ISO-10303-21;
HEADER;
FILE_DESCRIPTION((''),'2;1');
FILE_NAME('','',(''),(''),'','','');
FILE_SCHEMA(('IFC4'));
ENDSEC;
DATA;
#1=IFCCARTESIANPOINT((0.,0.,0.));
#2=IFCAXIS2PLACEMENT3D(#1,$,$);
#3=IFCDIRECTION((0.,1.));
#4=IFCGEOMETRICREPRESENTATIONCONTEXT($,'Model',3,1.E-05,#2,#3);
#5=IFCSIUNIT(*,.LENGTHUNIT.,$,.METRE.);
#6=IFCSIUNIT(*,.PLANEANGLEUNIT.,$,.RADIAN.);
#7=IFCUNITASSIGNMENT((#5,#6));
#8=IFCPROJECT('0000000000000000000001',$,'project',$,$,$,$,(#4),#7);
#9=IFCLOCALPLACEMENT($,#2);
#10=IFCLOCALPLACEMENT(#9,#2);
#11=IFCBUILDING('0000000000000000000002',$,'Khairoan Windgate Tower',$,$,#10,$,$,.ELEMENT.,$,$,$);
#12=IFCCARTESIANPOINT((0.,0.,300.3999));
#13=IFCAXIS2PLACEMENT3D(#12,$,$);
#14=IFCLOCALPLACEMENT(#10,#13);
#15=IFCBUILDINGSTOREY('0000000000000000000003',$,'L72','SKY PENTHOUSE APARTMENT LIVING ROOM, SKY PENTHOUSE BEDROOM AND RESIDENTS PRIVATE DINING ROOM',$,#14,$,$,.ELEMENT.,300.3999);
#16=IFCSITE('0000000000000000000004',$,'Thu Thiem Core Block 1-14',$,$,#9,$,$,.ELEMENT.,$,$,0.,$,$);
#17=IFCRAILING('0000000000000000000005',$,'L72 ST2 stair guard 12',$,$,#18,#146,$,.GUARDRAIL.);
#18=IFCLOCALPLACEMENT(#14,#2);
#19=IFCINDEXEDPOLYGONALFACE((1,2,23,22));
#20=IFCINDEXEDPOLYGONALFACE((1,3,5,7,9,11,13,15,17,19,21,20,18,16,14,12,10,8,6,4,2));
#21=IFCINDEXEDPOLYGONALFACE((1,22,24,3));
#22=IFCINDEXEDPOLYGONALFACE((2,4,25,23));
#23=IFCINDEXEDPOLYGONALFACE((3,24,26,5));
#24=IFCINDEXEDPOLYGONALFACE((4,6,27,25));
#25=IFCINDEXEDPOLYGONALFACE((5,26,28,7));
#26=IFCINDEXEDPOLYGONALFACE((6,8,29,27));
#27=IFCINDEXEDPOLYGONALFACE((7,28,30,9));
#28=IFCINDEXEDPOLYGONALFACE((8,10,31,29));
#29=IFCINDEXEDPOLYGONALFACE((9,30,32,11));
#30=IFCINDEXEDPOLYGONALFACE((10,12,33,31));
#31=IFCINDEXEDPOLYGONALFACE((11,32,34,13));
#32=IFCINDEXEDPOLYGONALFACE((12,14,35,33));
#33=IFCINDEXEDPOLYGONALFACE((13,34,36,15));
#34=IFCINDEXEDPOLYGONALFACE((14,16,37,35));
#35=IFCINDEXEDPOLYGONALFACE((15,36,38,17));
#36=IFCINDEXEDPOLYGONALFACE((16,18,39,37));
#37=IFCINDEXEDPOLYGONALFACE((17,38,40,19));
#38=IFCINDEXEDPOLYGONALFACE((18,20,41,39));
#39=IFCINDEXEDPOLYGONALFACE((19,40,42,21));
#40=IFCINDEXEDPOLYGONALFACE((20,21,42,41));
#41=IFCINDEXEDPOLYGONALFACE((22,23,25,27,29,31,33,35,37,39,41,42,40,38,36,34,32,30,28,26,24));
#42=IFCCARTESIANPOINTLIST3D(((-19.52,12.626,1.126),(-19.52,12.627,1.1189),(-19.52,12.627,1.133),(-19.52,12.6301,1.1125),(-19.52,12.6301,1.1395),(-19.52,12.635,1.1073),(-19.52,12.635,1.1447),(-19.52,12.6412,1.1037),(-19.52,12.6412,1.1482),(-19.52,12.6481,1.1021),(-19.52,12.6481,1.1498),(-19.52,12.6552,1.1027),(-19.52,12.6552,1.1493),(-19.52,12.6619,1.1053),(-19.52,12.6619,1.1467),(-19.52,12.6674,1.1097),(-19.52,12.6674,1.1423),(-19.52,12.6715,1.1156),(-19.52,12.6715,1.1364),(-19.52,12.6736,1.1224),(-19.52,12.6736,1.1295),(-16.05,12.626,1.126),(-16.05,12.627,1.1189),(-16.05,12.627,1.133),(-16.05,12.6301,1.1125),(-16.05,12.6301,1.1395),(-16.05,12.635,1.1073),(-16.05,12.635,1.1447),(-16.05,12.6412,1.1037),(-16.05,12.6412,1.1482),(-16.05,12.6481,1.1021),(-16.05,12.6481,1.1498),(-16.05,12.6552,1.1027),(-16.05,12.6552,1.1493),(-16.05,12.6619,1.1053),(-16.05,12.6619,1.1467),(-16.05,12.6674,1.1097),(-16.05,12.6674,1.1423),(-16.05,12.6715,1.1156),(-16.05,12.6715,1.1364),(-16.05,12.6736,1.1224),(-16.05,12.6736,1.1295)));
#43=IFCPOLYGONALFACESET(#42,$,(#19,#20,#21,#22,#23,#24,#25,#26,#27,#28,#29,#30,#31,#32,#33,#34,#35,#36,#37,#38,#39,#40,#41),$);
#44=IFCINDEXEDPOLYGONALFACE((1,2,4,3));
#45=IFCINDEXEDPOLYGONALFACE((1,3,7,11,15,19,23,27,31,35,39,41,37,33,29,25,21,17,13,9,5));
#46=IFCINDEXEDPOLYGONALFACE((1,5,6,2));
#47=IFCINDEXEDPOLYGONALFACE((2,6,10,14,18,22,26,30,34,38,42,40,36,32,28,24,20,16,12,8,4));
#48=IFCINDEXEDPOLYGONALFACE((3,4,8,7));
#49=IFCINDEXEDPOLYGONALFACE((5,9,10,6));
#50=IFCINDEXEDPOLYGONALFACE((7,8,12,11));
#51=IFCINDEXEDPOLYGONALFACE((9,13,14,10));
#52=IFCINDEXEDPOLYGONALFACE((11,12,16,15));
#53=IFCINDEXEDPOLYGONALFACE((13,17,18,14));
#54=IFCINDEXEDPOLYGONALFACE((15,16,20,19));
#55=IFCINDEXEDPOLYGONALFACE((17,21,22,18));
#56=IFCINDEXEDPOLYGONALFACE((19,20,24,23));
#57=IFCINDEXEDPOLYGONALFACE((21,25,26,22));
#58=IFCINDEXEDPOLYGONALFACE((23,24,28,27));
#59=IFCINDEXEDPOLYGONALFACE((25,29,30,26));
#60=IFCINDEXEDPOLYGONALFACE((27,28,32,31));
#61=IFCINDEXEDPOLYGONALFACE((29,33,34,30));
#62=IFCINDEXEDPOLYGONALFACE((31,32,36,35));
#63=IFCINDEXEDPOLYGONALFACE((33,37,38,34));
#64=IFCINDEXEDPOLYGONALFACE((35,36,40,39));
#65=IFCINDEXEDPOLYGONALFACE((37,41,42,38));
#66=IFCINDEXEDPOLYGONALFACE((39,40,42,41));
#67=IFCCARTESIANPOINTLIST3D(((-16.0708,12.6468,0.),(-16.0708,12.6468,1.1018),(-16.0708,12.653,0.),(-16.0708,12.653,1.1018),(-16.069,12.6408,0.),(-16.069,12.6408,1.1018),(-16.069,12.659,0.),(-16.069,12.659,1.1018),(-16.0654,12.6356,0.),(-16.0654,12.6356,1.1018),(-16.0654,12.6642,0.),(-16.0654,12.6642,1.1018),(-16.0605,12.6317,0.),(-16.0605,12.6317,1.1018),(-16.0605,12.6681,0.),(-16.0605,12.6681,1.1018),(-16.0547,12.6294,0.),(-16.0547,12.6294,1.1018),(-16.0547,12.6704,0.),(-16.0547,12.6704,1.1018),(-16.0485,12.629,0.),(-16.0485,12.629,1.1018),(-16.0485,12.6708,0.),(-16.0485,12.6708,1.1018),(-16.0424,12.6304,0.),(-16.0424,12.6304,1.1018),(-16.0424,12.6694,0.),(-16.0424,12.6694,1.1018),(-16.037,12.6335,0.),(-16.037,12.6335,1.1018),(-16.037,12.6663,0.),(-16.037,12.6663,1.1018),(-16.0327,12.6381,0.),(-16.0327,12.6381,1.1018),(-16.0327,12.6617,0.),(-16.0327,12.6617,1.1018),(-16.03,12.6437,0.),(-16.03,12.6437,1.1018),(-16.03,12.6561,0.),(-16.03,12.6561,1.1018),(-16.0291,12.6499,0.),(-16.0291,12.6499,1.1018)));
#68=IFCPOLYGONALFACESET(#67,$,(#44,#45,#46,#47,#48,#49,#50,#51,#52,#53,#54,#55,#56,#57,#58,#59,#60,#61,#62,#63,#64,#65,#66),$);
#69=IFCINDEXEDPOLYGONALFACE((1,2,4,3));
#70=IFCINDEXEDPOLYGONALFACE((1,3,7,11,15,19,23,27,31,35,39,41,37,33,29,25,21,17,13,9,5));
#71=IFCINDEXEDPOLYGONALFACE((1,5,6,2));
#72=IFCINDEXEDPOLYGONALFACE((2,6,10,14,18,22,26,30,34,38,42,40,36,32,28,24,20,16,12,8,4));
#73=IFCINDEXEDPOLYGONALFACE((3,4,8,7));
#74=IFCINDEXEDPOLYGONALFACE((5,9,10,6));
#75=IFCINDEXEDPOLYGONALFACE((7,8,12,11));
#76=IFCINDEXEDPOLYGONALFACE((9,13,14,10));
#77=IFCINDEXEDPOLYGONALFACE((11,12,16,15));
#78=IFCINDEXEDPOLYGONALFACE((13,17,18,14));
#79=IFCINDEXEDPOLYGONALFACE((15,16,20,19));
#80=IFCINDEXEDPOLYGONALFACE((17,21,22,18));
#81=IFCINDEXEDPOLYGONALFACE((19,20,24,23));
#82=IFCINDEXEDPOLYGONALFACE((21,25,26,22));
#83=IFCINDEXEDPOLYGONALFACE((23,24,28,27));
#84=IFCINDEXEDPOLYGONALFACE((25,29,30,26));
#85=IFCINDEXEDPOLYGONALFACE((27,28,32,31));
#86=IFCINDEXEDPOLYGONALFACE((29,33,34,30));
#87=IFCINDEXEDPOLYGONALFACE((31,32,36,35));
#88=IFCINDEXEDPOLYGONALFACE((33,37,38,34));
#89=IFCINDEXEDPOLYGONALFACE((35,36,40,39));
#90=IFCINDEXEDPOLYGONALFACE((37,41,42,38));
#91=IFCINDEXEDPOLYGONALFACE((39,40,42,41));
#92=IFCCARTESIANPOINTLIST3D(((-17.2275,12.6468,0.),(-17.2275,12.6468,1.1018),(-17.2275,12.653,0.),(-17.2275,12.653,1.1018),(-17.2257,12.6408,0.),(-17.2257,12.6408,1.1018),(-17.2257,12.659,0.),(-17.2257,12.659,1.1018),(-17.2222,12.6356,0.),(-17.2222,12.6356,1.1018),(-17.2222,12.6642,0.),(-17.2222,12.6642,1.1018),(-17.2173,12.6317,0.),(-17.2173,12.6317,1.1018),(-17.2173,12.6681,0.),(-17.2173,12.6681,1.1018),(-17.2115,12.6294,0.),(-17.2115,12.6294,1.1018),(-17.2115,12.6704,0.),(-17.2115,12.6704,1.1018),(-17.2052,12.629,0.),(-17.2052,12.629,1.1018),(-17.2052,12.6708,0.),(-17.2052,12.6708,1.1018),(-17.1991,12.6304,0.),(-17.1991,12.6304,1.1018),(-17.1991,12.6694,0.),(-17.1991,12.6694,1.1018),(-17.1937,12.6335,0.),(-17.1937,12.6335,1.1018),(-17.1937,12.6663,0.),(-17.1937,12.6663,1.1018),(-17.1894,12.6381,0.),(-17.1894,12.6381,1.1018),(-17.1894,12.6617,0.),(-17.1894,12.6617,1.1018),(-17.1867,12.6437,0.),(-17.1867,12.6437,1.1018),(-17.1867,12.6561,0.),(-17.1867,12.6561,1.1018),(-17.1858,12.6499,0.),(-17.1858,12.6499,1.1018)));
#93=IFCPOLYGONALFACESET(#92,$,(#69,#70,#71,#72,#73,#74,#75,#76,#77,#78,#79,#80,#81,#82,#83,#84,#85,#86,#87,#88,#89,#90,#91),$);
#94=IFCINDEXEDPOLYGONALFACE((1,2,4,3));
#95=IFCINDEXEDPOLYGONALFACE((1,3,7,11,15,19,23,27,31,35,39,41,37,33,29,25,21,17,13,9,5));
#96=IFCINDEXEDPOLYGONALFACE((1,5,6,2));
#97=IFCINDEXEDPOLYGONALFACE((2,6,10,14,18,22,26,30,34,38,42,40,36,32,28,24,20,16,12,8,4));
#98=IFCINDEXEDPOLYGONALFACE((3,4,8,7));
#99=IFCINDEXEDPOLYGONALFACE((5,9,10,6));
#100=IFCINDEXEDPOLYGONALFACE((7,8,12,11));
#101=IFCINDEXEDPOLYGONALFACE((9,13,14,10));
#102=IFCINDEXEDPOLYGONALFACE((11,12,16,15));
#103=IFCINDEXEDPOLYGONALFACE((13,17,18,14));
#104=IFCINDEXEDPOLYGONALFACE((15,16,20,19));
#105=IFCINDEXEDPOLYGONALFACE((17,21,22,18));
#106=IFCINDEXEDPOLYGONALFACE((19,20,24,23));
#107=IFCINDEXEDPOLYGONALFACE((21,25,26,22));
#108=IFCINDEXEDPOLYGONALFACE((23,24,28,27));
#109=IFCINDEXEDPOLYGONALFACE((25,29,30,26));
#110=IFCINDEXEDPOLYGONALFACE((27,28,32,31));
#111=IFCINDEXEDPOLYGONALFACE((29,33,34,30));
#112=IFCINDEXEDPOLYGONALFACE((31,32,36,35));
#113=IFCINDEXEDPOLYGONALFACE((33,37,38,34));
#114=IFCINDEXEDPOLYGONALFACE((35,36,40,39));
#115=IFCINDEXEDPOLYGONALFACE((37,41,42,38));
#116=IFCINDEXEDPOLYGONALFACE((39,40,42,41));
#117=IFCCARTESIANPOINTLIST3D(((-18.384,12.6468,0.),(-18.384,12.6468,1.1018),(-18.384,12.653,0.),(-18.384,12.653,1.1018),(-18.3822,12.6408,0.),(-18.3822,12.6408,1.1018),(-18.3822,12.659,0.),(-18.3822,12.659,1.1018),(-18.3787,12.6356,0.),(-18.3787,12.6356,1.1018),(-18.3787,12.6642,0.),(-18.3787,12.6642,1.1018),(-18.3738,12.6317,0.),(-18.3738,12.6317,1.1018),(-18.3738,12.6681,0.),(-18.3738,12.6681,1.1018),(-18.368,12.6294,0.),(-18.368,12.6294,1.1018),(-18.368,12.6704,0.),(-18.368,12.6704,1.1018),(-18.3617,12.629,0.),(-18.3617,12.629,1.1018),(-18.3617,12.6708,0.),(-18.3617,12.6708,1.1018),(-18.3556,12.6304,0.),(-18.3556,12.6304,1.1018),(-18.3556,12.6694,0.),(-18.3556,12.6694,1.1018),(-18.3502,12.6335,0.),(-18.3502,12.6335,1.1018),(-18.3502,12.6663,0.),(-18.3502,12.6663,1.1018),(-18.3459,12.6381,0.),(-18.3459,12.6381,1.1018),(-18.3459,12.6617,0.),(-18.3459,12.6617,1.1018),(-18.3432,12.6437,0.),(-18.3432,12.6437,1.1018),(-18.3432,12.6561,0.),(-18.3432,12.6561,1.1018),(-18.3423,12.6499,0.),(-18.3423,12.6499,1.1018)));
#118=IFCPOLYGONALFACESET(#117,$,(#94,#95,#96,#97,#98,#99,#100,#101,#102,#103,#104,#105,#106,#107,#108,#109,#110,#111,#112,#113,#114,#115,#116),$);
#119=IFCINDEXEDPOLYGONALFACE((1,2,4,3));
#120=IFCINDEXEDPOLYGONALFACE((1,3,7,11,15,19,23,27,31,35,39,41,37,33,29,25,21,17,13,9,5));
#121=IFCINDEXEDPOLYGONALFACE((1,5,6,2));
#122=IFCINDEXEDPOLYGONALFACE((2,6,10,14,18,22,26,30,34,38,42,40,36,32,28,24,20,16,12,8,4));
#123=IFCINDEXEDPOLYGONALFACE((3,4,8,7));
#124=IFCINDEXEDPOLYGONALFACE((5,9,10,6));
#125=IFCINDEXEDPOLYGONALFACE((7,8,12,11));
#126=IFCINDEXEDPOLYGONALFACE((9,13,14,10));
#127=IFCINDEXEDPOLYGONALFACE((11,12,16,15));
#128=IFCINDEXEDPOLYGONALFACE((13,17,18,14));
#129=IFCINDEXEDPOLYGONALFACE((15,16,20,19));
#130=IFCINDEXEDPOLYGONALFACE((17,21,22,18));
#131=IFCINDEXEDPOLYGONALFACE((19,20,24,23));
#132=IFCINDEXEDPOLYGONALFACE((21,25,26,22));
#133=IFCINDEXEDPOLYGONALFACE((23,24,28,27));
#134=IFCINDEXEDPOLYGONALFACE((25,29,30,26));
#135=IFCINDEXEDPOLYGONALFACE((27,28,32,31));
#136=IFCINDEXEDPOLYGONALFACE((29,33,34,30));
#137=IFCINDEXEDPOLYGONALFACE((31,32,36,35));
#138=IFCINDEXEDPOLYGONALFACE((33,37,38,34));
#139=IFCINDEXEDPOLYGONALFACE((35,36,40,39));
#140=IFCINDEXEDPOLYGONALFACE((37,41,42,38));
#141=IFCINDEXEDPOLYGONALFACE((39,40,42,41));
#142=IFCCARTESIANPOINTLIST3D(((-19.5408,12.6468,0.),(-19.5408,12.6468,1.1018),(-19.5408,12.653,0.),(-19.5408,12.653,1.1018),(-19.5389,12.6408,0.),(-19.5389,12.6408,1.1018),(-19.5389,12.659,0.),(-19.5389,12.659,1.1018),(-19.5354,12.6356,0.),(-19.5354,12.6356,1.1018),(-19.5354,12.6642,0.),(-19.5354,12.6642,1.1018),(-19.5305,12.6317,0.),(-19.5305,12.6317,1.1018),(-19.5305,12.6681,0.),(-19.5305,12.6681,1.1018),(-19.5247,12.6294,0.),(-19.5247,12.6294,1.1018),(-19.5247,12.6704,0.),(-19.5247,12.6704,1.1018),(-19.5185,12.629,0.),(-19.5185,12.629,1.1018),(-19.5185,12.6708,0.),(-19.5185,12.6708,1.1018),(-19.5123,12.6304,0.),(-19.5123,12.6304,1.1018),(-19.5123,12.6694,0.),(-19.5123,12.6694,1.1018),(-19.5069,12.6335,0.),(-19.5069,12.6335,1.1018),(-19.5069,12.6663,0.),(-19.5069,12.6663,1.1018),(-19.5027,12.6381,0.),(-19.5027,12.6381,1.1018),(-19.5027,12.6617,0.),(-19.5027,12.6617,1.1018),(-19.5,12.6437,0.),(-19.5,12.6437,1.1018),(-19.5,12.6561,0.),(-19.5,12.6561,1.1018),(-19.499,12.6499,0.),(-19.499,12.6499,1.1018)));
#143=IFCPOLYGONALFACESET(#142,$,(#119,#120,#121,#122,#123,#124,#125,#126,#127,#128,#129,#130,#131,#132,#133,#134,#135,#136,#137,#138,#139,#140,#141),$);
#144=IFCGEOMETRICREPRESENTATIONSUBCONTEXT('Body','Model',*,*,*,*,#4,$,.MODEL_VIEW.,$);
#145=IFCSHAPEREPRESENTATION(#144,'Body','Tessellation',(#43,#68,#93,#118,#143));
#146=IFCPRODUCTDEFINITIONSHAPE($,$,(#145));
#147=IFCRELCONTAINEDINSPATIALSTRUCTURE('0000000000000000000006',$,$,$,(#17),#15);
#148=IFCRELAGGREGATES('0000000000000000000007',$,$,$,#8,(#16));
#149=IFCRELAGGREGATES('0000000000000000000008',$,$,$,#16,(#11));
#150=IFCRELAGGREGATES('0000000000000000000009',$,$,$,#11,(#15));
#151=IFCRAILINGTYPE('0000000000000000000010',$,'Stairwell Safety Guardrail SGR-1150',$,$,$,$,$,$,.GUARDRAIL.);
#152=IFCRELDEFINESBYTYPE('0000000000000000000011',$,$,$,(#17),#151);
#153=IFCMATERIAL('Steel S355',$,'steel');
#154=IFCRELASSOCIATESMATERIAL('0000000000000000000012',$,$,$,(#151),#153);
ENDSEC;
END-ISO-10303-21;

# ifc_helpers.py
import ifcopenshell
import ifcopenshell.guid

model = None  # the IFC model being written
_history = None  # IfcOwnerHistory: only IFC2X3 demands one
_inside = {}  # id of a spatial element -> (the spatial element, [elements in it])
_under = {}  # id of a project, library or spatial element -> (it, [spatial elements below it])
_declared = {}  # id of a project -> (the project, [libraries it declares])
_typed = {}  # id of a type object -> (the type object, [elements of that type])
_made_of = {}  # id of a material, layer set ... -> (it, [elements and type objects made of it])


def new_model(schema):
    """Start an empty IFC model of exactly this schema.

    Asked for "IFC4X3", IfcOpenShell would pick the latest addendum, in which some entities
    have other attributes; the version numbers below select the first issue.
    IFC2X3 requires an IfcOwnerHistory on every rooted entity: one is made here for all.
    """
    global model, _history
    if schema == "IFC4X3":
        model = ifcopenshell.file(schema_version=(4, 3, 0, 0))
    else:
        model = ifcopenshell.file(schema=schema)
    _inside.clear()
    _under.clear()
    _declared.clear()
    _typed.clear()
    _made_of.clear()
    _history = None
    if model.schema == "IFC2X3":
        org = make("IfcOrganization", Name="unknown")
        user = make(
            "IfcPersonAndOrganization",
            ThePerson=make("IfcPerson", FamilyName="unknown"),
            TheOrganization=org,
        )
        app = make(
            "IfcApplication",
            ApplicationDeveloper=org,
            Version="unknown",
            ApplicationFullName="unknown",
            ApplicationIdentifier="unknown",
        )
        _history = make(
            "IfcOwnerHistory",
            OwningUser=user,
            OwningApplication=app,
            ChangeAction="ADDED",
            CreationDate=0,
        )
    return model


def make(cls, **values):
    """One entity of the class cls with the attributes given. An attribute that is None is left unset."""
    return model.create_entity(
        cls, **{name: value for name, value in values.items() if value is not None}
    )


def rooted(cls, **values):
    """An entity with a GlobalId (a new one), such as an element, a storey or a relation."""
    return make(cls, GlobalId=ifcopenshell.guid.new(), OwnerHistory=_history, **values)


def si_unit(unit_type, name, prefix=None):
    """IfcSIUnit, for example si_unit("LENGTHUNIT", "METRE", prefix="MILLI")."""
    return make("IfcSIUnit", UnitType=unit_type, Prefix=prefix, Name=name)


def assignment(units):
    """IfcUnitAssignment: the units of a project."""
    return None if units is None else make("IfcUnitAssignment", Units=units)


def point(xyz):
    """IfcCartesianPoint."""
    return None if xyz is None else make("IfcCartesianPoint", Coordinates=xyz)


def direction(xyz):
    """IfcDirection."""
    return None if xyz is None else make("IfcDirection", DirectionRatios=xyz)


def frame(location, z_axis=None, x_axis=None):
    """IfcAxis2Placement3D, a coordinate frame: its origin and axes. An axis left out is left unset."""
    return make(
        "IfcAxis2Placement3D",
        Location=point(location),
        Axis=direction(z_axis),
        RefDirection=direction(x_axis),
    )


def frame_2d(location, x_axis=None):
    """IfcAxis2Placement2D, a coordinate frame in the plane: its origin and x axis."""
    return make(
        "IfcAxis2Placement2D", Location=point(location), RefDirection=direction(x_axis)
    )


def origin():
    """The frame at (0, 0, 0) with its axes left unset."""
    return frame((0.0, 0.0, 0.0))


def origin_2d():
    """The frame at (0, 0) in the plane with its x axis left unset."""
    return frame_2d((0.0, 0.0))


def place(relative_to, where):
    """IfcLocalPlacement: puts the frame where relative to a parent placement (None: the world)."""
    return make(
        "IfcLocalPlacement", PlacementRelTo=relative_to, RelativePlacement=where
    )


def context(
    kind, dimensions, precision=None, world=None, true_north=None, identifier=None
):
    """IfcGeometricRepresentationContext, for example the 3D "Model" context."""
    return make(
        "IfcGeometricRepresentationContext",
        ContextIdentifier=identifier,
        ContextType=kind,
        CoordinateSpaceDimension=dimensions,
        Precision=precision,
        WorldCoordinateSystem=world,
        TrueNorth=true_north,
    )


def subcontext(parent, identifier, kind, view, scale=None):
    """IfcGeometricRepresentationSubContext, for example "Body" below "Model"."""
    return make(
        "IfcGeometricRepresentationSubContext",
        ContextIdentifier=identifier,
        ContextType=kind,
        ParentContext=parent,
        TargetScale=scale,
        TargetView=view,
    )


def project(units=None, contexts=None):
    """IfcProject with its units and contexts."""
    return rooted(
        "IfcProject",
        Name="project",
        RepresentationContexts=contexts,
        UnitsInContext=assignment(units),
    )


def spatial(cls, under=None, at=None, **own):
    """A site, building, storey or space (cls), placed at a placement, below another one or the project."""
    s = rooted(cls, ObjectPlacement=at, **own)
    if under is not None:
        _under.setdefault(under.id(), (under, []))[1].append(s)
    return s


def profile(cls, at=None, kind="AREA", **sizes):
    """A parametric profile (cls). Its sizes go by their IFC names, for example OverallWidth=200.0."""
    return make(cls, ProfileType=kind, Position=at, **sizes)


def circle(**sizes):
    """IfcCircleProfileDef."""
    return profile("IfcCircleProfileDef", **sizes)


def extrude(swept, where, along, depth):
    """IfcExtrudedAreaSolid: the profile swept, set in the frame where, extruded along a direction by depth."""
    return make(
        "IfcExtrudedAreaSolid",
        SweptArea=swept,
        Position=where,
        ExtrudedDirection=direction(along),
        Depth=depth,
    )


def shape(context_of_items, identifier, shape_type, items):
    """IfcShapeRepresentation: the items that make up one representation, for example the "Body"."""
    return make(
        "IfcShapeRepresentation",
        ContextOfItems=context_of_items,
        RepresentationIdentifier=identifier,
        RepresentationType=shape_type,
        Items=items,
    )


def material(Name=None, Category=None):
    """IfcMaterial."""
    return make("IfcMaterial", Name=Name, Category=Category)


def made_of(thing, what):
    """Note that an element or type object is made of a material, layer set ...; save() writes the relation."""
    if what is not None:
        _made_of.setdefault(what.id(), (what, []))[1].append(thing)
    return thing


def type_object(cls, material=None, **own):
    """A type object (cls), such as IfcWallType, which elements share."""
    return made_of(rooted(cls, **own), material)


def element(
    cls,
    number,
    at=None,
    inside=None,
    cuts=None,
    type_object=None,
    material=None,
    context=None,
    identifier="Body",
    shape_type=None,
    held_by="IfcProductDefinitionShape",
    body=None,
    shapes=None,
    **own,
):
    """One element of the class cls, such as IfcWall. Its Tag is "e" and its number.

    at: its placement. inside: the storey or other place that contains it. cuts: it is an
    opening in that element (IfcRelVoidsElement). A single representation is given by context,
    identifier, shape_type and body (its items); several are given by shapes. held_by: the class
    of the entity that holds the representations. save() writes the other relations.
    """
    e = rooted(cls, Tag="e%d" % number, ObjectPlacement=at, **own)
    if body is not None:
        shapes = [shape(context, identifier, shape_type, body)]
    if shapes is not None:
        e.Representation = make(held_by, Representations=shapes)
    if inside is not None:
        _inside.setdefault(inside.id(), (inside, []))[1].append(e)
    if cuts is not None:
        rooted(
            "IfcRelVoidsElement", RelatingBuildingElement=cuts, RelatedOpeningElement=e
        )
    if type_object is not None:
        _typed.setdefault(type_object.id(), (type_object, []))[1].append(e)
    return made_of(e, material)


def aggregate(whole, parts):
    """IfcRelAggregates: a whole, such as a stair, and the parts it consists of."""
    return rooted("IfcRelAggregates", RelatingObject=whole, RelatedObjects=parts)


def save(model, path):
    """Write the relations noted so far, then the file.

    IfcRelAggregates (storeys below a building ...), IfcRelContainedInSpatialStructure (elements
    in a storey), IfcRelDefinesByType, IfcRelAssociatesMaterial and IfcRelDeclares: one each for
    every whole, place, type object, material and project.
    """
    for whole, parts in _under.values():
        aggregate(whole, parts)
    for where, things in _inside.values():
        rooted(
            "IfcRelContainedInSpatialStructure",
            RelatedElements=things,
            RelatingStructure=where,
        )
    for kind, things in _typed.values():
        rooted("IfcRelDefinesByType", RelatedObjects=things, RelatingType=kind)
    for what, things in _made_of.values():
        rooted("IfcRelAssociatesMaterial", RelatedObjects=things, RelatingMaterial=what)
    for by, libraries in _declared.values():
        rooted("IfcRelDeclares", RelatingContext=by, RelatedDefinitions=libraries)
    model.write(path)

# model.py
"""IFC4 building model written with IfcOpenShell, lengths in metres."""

from ifc_helpers import new_model, si_unit, direction, frame, origin, origin_2d, place, context, subcontext, project, spatial, circle, extrude, material, type_object, element, save


model = new_model("IFC4")

# Units and contexts
model_context = context("Model", 3, precision=1e-05, world=origin(), true_north=direction((0.0, 1.0)))
body_context = subcontext(model_context, "Body", "Model", "MODEL_VIEW")
ifc_project = project(units=[si_unit("LENGTHUNIT", "METRE"), si_unit("PLANEANGLEUNIT", "RADIAN")], contexts=[model_context])

# Site, building, storey
site_placement = place(None, origin())
site = spatial("IfcSite", under=ifc_project, at=site_placement, Name="Thu Thiem Core Block 1-14", CompositionType="ELEMENT", RefElevation=0.0)
building_placement = place(site_placement, origin())
building = spatial("IfcBuilding", under=site, at=building_placement, Name="Khairoan Windgate Tower", CompositionType="ELEMENT")
storey_placement = place(building_placement, frame((0.0, 0.0, 300.3999)))
storey = spatial("IfcBuildingStorey", under=building, at=storey_placement, Name="L72", Description="SKY PENTHOUSE APARTMENT LIVING ROOM, SKY PENTHOUSE BEDROOM AND RESIDENTS PRIVATE DINING ROOM", CompositionType="ELEMENT", Elevation=300.3999)

# Railing
ifc_material_1 = material(Name="Steel S355", Category="steel")
railing_type = type_object("IfcRailingType", Name="Stairwell Safety Guardrail SGR-1150", PredefinedType="GUARDRAIL", material=ifc_material_1)
railing_1_placement = place(storey_placement, frame((-16.05, 12.6499, 0.0)))
element("IfcRailing", 1, at=railing_1_placement, inside=storey, type_object=railing_type, Name="L72 ST2 stair guard 12", PredefinedType="GUARDRAIL", context=body_context, shape_type="SweptSolid", body=[
    extrude(circle(Radius=0.0239, at=origin_2d()), frame((0.0, 0.0, 1.126), z_axis=(-1.0, 0.0, 0.0), x_axis=(0.0, -1.0, 0.0)), (0.0, 0.0, 1.0), 3.47),
    extrude(circle(Radius=0.021, at=origin_2d()), origin(), (0.0, 0.0, 1.0), 1.1018),
    extrude(circle(Radius=0.021, at=origin_2d()), frame((-1.1567, 0.0, 0.0)), (0.0, 0.0, 1.0), 1.1018),
    extrude(circle(Radius=0.021, at=origin_2d()), frame((-2.3132, 0.0, 0.0)), (0.0, 0.0, 1.0), 1.1018),
    extrude(circle(Radius=0.021, at=origin_2d()), frame((-3.47, 0.0, 0.0)), (0.0, 0.0, 1.0), 1.1018),
])

save(model, "model.ifc")
